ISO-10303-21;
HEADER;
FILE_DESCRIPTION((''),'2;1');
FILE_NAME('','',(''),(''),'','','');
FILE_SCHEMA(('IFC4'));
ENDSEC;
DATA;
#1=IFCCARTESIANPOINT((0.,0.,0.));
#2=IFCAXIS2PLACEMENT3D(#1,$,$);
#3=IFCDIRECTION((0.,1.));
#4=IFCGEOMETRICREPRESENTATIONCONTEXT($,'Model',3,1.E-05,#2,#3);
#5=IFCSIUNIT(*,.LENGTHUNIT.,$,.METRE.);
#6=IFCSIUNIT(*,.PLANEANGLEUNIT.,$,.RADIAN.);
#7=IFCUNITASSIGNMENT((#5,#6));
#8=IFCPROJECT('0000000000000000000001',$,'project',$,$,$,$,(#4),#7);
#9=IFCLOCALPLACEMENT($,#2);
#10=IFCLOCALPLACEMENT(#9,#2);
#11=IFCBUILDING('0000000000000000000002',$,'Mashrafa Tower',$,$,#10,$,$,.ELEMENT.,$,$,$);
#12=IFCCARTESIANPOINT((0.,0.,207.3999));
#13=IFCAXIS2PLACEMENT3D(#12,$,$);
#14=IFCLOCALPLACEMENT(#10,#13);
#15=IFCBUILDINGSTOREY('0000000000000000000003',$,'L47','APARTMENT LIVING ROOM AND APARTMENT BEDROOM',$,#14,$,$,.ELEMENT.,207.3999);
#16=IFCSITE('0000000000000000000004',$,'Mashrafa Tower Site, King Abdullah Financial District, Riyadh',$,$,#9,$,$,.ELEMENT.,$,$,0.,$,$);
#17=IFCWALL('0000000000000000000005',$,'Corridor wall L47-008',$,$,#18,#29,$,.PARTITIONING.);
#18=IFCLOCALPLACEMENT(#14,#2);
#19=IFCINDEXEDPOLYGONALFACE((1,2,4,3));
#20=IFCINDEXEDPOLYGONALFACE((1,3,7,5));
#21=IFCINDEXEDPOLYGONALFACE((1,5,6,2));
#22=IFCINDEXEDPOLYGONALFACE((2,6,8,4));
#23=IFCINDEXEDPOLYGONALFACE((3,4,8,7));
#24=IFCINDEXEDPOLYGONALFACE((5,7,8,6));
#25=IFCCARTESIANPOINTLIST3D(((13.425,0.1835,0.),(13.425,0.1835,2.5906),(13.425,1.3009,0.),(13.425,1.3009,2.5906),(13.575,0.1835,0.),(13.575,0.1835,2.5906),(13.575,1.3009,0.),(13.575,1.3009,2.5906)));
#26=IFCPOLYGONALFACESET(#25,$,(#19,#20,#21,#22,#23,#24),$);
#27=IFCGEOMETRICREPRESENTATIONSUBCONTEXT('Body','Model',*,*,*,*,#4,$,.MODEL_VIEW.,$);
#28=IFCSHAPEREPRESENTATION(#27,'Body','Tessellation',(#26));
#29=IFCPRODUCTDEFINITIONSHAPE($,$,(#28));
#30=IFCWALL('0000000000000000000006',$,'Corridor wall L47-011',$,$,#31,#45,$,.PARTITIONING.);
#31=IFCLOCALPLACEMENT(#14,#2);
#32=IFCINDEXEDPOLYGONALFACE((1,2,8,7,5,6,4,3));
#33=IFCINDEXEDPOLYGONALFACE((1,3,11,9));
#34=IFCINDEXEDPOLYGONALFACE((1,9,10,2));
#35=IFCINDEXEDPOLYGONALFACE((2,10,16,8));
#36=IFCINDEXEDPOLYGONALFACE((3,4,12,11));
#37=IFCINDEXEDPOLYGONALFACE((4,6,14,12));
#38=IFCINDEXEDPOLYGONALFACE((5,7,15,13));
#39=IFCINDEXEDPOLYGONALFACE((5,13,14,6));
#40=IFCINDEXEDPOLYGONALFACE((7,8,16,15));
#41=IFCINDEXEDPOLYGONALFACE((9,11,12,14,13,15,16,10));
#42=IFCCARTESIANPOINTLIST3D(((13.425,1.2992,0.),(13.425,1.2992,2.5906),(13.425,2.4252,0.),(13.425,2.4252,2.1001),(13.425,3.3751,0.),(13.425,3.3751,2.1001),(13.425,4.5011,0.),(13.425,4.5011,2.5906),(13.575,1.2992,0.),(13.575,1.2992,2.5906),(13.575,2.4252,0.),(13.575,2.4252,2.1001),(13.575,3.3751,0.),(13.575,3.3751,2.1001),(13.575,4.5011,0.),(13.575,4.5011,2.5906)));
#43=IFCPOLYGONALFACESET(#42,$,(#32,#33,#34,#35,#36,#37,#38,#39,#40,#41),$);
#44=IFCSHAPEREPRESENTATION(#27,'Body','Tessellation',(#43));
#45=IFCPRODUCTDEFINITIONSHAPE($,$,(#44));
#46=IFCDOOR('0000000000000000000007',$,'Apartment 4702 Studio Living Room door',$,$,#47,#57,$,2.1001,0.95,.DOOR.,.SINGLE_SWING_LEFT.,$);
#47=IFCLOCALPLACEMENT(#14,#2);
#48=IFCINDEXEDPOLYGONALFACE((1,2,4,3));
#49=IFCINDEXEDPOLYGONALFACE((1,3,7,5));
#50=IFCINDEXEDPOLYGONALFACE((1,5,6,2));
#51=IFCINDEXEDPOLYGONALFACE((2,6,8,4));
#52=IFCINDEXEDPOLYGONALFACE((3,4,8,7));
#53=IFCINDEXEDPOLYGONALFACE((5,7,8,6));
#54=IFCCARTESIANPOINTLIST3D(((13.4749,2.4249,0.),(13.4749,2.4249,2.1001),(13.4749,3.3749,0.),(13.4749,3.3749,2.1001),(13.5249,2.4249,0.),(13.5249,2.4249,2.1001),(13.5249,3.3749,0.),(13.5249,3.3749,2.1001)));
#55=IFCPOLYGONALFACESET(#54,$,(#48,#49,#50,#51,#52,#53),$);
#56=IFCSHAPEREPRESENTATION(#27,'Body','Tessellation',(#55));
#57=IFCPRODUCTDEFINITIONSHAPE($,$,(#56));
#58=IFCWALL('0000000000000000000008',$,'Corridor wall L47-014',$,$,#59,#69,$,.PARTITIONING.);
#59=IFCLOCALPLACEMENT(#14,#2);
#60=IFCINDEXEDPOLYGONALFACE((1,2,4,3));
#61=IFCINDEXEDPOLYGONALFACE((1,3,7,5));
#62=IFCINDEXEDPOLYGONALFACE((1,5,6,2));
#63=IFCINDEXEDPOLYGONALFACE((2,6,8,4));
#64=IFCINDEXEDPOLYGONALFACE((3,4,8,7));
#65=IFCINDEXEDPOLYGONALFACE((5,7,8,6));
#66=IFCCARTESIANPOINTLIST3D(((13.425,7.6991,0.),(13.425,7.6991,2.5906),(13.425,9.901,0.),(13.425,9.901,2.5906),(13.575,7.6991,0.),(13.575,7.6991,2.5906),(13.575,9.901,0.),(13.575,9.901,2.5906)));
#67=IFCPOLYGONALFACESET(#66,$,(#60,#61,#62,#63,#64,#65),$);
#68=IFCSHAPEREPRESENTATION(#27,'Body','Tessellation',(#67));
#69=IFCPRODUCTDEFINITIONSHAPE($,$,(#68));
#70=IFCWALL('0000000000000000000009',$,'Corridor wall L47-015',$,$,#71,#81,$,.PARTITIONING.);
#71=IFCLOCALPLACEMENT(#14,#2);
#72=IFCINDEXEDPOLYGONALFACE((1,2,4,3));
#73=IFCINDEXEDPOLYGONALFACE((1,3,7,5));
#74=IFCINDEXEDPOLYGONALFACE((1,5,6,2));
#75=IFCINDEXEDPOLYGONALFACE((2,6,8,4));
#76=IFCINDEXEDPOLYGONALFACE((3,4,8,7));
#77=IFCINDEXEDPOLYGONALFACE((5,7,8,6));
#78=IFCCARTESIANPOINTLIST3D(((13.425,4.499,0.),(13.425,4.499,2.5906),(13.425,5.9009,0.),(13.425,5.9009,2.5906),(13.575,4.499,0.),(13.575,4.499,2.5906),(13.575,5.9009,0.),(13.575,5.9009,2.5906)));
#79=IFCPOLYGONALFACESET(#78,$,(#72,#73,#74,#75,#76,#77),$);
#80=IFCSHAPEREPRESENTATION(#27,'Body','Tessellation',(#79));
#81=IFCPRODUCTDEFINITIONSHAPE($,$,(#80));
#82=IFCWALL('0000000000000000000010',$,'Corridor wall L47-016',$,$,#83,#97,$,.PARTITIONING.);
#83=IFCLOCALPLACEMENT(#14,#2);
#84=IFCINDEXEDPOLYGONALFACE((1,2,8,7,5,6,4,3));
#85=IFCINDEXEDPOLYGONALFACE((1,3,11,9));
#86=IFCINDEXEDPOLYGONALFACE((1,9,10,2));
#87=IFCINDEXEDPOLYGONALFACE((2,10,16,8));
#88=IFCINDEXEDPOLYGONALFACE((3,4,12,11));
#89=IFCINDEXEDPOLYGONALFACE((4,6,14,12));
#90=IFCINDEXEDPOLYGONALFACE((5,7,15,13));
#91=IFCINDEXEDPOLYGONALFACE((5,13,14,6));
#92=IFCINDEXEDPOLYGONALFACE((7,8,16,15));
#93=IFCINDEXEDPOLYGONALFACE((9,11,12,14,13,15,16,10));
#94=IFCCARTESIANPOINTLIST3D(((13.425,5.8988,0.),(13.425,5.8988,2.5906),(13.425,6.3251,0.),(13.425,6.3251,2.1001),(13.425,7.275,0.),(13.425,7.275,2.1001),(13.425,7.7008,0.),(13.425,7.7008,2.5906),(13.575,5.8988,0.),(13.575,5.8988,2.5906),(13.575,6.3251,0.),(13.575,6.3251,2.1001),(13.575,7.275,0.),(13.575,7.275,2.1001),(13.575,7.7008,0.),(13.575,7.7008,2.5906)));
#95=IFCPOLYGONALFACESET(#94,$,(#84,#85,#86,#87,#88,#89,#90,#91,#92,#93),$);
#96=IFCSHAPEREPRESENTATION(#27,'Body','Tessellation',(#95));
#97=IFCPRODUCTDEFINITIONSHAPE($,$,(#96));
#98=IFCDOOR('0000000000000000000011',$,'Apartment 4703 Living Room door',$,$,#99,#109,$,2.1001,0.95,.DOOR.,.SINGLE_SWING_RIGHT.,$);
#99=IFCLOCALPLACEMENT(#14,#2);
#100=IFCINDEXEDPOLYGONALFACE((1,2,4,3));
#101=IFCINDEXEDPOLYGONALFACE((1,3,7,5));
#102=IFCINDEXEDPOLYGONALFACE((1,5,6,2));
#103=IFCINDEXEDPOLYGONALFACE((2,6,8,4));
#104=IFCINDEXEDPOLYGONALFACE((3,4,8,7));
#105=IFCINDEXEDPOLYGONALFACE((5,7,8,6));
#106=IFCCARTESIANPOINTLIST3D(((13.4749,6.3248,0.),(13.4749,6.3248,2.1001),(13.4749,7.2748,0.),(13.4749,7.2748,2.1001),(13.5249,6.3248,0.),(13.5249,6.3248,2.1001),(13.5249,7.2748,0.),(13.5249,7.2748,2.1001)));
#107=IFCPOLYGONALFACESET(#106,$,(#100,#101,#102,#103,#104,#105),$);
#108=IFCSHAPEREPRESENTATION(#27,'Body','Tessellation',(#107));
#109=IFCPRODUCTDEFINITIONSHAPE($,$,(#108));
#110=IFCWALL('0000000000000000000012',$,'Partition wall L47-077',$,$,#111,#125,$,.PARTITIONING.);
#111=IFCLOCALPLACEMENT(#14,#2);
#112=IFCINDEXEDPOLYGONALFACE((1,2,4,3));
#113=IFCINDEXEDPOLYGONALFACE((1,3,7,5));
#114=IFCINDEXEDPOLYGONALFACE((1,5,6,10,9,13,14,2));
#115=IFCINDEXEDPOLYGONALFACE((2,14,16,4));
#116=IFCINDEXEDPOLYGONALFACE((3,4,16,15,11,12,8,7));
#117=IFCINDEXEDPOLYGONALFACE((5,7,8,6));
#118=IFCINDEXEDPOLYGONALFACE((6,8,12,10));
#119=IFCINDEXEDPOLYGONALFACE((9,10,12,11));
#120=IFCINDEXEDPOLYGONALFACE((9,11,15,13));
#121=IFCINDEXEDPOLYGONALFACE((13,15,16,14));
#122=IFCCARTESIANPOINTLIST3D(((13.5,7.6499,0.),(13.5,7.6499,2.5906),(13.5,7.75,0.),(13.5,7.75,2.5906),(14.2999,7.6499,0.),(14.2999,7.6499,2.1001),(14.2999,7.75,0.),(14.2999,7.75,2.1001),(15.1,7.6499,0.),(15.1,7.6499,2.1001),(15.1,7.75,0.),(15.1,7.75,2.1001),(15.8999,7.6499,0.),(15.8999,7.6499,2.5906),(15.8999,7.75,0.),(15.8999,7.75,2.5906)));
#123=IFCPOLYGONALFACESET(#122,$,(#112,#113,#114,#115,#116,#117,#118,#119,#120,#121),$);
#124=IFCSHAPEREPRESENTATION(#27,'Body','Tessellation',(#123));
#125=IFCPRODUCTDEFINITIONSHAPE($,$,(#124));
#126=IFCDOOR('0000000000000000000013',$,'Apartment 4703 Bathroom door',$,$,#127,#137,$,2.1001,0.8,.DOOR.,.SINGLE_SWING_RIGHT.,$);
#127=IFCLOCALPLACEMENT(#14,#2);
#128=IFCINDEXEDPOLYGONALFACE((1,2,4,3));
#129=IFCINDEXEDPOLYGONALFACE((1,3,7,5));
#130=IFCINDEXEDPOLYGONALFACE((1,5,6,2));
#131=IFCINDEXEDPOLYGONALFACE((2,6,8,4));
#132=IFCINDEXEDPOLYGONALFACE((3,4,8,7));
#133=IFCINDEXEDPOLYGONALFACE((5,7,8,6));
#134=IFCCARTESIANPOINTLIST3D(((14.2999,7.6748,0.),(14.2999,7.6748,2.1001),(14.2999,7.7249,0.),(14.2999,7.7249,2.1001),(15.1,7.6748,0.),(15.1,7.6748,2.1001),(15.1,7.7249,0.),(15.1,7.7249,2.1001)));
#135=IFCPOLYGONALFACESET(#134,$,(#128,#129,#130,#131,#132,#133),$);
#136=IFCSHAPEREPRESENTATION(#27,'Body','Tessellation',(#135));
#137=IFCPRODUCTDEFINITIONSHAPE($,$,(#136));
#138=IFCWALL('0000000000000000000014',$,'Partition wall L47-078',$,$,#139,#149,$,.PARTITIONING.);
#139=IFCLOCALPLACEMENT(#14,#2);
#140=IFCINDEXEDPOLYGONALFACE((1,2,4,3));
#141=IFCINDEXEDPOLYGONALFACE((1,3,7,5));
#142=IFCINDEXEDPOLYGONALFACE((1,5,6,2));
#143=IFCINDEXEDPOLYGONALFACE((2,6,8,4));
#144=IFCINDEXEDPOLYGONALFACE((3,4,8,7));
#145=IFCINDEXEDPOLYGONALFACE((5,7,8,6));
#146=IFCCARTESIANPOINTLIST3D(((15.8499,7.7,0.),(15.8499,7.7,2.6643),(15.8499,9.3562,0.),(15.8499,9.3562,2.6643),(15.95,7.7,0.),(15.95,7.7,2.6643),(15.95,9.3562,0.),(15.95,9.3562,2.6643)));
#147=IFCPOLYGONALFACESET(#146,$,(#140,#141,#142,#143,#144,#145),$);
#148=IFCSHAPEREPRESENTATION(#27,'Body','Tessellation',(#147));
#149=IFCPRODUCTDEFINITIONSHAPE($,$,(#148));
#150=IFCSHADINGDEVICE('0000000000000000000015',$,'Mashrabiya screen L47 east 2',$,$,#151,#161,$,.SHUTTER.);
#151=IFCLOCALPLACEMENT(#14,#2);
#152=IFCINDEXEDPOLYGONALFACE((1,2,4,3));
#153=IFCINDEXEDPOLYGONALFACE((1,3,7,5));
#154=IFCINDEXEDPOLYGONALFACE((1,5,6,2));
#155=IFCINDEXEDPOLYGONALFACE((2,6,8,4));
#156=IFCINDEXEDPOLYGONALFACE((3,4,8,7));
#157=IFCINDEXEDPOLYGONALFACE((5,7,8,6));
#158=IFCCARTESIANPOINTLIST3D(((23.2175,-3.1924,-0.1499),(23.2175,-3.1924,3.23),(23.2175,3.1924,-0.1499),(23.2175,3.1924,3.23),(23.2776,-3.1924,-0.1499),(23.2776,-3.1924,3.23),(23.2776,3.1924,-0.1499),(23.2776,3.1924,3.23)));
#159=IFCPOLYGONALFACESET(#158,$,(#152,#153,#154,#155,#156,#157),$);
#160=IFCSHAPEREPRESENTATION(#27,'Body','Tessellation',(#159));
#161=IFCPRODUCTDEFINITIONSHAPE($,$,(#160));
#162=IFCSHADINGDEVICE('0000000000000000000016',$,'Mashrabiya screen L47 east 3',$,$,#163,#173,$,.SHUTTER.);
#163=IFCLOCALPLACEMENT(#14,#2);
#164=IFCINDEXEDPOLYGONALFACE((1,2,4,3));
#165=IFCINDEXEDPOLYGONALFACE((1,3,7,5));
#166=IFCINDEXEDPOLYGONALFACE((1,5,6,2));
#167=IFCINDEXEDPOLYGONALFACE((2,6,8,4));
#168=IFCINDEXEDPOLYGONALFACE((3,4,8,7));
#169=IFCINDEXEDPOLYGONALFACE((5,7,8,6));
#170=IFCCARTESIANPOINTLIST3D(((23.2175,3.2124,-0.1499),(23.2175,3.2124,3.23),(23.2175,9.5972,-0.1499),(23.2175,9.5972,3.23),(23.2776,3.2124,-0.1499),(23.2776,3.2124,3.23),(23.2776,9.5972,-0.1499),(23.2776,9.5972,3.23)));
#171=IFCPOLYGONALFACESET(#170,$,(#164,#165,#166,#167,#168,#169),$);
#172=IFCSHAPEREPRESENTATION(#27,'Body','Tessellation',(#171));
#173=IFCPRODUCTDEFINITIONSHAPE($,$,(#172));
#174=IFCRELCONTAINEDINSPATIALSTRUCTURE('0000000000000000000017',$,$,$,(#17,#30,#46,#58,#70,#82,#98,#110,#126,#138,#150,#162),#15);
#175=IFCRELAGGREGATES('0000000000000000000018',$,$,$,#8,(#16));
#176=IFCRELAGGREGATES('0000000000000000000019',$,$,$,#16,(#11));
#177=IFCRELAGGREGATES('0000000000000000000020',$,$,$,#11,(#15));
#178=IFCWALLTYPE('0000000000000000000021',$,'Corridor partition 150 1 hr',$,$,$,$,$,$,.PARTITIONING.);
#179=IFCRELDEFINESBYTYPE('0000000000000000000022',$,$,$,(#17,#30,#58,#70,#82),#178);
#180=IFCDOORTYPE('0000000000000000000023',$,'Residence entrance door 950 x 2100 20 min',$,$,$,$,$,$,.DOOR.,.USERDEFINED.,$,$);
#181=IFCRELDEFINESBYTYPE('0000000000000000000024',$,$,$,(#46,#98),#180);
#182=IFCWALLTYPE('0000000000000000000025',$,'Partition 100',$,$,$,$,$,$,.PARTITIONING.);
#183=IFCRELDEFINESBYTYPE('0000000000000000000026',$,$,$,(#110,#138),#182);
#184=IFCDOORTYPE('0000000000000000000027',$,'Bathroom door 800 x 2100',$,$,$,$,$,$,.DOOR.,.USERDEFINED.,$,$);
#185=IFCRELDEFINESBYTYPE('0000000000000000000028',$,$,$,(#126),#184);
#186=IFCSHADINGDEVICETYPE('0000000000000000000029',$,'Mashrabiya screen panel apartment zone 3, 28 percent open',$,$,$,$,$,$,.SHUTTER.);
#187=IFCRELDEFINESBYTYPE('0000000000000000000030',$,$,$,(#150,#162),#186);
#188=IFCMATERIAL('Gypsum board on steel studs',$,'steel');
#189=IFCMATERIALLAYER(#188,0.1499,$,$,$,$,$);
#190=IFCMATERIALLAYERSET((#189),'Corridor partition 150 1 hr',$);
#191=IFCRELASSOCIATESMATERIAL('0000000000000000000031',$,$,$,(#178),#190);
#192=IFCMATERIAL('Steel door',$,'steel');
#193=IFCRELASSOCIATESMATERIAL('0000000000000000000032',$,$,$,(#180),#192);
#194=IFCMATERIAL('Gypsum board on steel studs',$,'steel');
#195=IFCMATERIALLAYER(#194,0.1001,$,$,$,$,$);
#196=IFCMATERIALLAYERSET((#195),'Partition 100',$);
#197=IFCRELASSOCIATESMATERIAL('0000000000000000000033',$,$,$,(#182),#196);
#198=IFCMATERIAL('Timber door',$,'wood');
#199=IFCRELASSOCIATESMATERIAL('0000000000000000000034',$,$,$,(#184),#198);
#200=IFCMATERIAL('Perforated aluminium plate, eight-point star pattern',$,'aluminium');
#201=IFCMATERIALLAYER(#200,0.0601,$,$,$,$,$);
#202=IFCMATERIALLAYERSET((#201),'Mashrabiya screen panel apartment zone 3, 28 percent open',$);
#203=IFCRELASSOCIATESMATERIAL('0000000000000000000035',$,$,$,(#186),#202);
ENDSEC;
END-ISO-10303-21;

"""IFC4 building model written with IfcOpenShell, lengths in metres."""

from ifc_helpers import new_model, si_unit, direction, frame, frame_2d, origin, origin_2d, place, context, subcontext, project, spatial, rectangle, extrude, source, transform, mapped, material, layer, layer_set, type_object, type_shapes, element, fill, save


model = new_model("IFC4")

# Units and contexts
model_context = context("Model", 3, precision=1e-05, world=origin(), true_north=direction((0.0, 1.0)))
body_context = subcontext(model_context, "Body", "Model", "MODEL_VIEW")
ifc_project = project(units=[si_unit("LENGTHUNIT", "METRE"), si_unit("PLANEANGLEUNIT", "RADIAN")], contexts=[model_context])

# Site, building, storey
site_placement = place(None, origin())
site = spatial("IfcSite", under=ifc_project, at=site_placement, Name="Mashrafa Tower Site, King Abdullah Financial District, Riyadh", CompositionType="ELEMENT", RefElevation=0.0)
building_placement = place(site_placement, origin())
building = spatial("IfcBuilding", under=site, at=building_placement, Name="Mashrafa Tower", CompositionType="ELEMENT")
storey_placement = place(building_placement, frame((0.0, 0.0, 207.3999)))
storey = spatial("IfcBuildingStorey", under=building, at=storey_placement, Name="L47", Description="APARTMENT LIVING ROOM AND APARTMENT BEDROOM", CompositionType="ELEMENT", Elevation=207.3999)

# Wall
ifc_material_1 = material(Name="Gypsum board on steel studs", Category="steel")
ifc_layer_1 = layer(ifc_material_1, 0.1499)
ifc_layer_set_1 = layer_set([ifc_layer_1], Name="Corridor partition 150 1 hr")
wall_type_1 = type_object("IfcWallType", Name="Corridor partition 150 1 hr", PredefinedType="PARTITIONING", material=ifc_layer_set_1)
wall_1_placement = place(storey_placement, frame((13.5, 0.1836, 0.0), z_axis=(0.0, 0.0, 1.0), x_axis=(0.0, 1.0, 0.0)))
element("IfcWall", 1, at=wall_1_placement, inside=storey, type_object=wall_type_1, Name="Corridor wall L47-008", PredefinedType="PARTITIONING", context=body_context, shape_type="SweptSolid", body=[
    extrude(rectangle(XDim=1.1174, YDim=0.1499, at=frame_2d((0.5586, 0.0))), origin(), (0.0, 0.0, 1.0), 2.5906),
])

# Wall, opening, door
wall_2_placement = place(storey_placement, frame((13.5, 1.2991, 0.0), z_axis=(0.0, 0.0, 1.0), x_axis=(0.0, 1.0, 0.0)))
wall_2 = element("IfcWall", 2, at=wall_2_placement, inside=storey, type_object=wall_type_1, Name="Corridor wall L47-011", PredefinedType="PARTITIONING", context=body_context, shape_type="SweptSolid", body=[
    extrude(rectangle(XDim=3.2019, YDim=0.1499, at=frame_2d((1.6011, 0.0))), origin(), (0.0, 0.0, 1.0), 2.5906),
])
opening_1_placement = place(wall_2_placement, frame((1.126, 0.0, 0.0)))
opening_1 = element("IfcOpeningElement", 3, at=opening_1_placement, cuts=wall_2, PredefinedType="OPENING", context=body_context, shape_type="SweptSolid", body=[
    extrude(rectangle(XDim=0.95, YDim=2.1001, at=frame_2d((0.4751, 1.05))), frame((0.0, 0.085, 0.0), z_axis=(0.0, -1.0, 0.0), x_axis=(1.0, 0.0, 0.0)), (0.0, 0.0, 1.0), 0.1699),
])
ifc_material_2 = material(Name="Steel door", Category="steel")
door_type_1 = type_object("IfcDoorType", Name="Residence entrance door 950 x 2100 20 min", OperationType="USERDEFINED", PredefinedType="DOOR", material=ifc_material_2)
door_1_placement = place(opening_1_placement, frame((0.95, 0.0, 0.0), z_axis=(0.0, 0.0, 1.0), x_axis=(-1.0, 0.0, 0.0)))
door_1 = element("IfcDoor", 4, at=door_1_placement, inside=storey, type_object=door_type_1, Name="Apartment 4702 Studio Living Room door", OperationType="SINGLE_SWING_LEFT", OverallHeight=2.1001, OverallWidth=0.95, PredefinedType="DOOR", context=body_context, shape_type="SweptSolid", body=[
    extrude(rectangle(XDim=0.95, YDim=2.1001, at=frame_2d((0.4751, 1.05))), frame((0.0, 0.0249, 0.0), z_axis=(0.0, -1.0, 0.0), x_axis=(1.0, 0.0, 0.0)), (0.0, 0.0, 1.0), 0.05),
])
fill(opening_1, door_1)

# Walls
wall_3_placement = place(storey_placement, frame((13.5, 7.699, 0.0), z_axis=(0.0, 0.0, 1.0), x_axis=(0.0, 1.0, 0.0)))
element("IfcWall", 5, at=wall_3_placement, inside=storey, type_object=wall_type_1, Name="Corridor wall L47-014", PredefinedType="PARTITIONING", context=body_context, shape_type="SweptSolid", body=[
    extrude(rectangle(XDim=2.2019, YDim=0.1499, at=frame_2d((1.1011, 0.0))), origin(), (0.0, 0.0, 1.0), 2.5906),
])
wall_4_placement = place(storey_placement, frame((13.5, 4.499, 0.0), z_axis=(0.0, 0.0, 1.0), x_axis=(0.0, 1.0, 0.0)))
element("IfcWall", 6, at=wall_4_placement, inside=storey, type_object=wall_type_1, Name="Corridor wall L47-015", PredefinedType="PARTITIONING", context=body_context, shape_type="SweptSolid", body=[
    extrude(rectangle(XDim=1.4019, YDim=0.1499, at=frame_2d((0.7009, 0.0))), origin(), (0.0, 0.0, 1.0), 2.5906),
])

# Walls, openings, doors
wall_5_placement = place(storey_placement, frame((13.5, 5.8989, 0.0), z_axis=(0.0, 0.0, 1.0), x_axis=(0.0, 1.0, 0.0)))
wall_5 = element("IfcWall", 7, at=wall_5_placement, inside=storey, type_object=wall_type_1, Name="Corridor wall L47-016", PredefinedType="PARTITIONING", context=body_context, shape_type="SweptSolid", body=[
    extrude(rectangle(XDim=1.802, YDim=0.1499, at=frame_2d((0.9009, 0.0))), origin(), (0.0, 0.0, 1.0), 2.5906),
])
opening_2_placement = place(wall_5_placement, frame((0.426, 0.0, 0.0)))
opening_2 = element("IfcOpeningElement", 8, at=opening_2_placement, cuts=wall_5, PredefinedType="OPENING", context=body_context, shape_type="SweptSolid", body=[
    extrude(rectangle(XDim=0.95, YDim=2.1001, at=frame_2d((0.4751, 1.05))), frame((0.0, 0.085, 0.0), z_axis=(0.0, -1.0, 0.0), x_axis=(1.0, 0.0, 0.0)), (0.0, 0.0, 1.0), 0.1699),
])
door_2_placement = place(opening_2_placement, frame((0.95, 0.0, 0.0), z_axis=(0.0, 0.0, 1.0), x_axis=(-1.0, 0.0, 0.0)))
door_2 = element("IfcDoor", 9, at=door_2_placement, inside=storey, type_object=door_type_1, Name="Apartment 4703 Living Room door", OperationType="SINGLE_SWING_RIGHT", OverallHeight=2.1001, OverallWidth=0.95, PredefinedType="DOOR", context=body_context, shape_type="SweptSolid", body=[
    extrude(rectangle(XDim=0.95, YDim=2.1001, at=frame_2d((0.4751, 1.05))), frame((0.0, 0.0249, 0.0), z_axis=(0.0, -1.0, 0.0), x_axis=(1.0, 0.0, 0.0)), (0.0, 0.0, 1.0), 0.05),
])
fill(opening_2, door_2)
ifc_material_3 = material(Name="Gypsum board on steel studs", Category="steel")
ifc_layer_2 = layer(ifc_material_3, 0.1001)
ifc_layer_set_2 = layer_set([ifc_layer_2], Name="Partition 100")
wall_type_2 = type_object("IfcWallType", Name="Partition 100", PredefinedType="PARTITIONING", material=ifc_layer_set_2)
wall_6_placement = place(storey_placement, frame((13.5, 7.7, 0.0), z_axis=(0.0, 0.0, 1.0), x_axis=(1.0, 0.0, 0.0)))
wall_6 = element("IfcWall", 10, at=wall_6_placement, inside=storey, type_object=wall_type_2, Name="Partition wall L47-077", PredefinedType="PARTITIONING", context=body_context, shape_type="SweptSolid", body=[
    extrude(rectangle(XDim=2.3999, YDim=0.1001, at=frame_2d((1.2, 0.0))), origin(), (0.0, 0.0, 1.0), 2.5906),
])
opening_3_placement = place(wall_6_placement, frame((0.8, 0.0, 0.0)))
opening_3 = element("IfcOpeningElement", 11, at=opening_3_placement, cuts=wall_6, PredefinedType="OPENING", context=body_context, shape_type="SweptSolid", body=[
    extrude(rectangle(XDim=0.8, YDim=2.1001, at=frame_2d((0.3999, 1.05))), frame((0.0, 0.0601, 0.0), z_axis=(0.0, -1.0, 0.0), x_axis=(1.0, 0.0, 0.0)), (0.0, 0.0, 1.0), 0.1201),
])
ifc_material_4 = material(Name="Timber door", Category="wood")
door_type_2 = type_object("IfcDoorType", Name="Bathroom door 800 x 2100", OperationType="USERDEFINED", PredefinedType="DOOR", material=ifc_material_4)
door_3_placement = place(opening_3_placement, origin())
door_3 = element("IfcDoor", 12, at=door_3_placement, inside=storey, type_object=door_type_2, Name="Apartment 4703 Bathroom door", OperationType="SINGLE_SWING_RIGHT", OverallHeight=2.1001, OverallWidth=0.8, PredefinedType="DOOR", context=body_context, shape_type="SweptSolid", body=[
    extrude(rectangle(XDim=0.8, YDim=2.1001, at=frame_2d((0.3999, 1.05))), frame((0.0, 0.0249, 0.0), z_axis=(0.0, -1.0, 0.0), x_axis=(1.0, 0.0, 0.0)), (0.0, 0.0, 1.0), 0.05),
])
fill(opening_3, door_3)

# Wall
wall_7_placement = place(storey_placement, frame((15.8999, 7.7, 0.0), z_axis=(0.0, 0.0, 1.0), x_axis=(0.0, 1.0, 0.0)))
element("IfcWall", 13, at=wall_7_placement, inside=storey, type_object=wall_type_2, Name="Partition wall L47-078", PredefinedType="PARTITIONING", context=body_context, shape_type="SweptSolid", body=[
    extrude(rectangle(XDim=1.6562, YDim=0.1001, at=frame_2d((0.8281, 0.0))), origin(), (0.0, 0.0, 1.0), 2.6643),
])

# Shading devices
ifc_material_5 = material(Name="Perforated aluminium plate, eight-point star pattern", Category="aluminium")
ifc_layer_3 = layer(ifc_material_5, 0.0601)
ifc_layer_set_3 = layer_set([ifc_layer_3], Name="Mashrabiya screen panel apartment zone 3, 28 percent open")
shading_device_type = type_object("IfcShadingDeviceType", Name="Mashrabiya screen panel apartment zone 3, 28 percent open", PredefinedType="SHUTTER", material=ifc_layer_set_3)
shared_shape_1 = source(origin(), body_context, "Body", "SweptSolid", [
    extrude(rectangle(XDim=6.3848, YDim=0.0601, at=origin_2d()), origin(), (0.0, 0.0, 1.0), 3.3799),
])
type_shapes(shading_device_type, [shared_shape_1])
for number, where, z_axis, x_axis, name in (
    (14, (23.2476, 0.0, -0.1499), (0.0, 0.0, 1.0), (0.0, 1.0, 0.0), "Mashrabiya screen L47 east 2"),
    (15, (23.2476, 6.4048, -0.1499), (0.0, 0.0, 1.0), (0.0, 1.0, 0.0), "Mashrabiya screen L47 east 3"),
):
    element("IfcShadingDevice", number, at=place(storey_placement, frame(where, z_axis=z_axis, x_axis=x_axis)), inside=storey, type_object=shading_device_type, Name=name, PredefinedType="SHUTTER", context=body_context, shape_type="MappedRepresentation", body=[
        mapped(shared_shape_1, transform((0.0, 0.0, 0.0))),
    ])

save(model, "model.ifc")
